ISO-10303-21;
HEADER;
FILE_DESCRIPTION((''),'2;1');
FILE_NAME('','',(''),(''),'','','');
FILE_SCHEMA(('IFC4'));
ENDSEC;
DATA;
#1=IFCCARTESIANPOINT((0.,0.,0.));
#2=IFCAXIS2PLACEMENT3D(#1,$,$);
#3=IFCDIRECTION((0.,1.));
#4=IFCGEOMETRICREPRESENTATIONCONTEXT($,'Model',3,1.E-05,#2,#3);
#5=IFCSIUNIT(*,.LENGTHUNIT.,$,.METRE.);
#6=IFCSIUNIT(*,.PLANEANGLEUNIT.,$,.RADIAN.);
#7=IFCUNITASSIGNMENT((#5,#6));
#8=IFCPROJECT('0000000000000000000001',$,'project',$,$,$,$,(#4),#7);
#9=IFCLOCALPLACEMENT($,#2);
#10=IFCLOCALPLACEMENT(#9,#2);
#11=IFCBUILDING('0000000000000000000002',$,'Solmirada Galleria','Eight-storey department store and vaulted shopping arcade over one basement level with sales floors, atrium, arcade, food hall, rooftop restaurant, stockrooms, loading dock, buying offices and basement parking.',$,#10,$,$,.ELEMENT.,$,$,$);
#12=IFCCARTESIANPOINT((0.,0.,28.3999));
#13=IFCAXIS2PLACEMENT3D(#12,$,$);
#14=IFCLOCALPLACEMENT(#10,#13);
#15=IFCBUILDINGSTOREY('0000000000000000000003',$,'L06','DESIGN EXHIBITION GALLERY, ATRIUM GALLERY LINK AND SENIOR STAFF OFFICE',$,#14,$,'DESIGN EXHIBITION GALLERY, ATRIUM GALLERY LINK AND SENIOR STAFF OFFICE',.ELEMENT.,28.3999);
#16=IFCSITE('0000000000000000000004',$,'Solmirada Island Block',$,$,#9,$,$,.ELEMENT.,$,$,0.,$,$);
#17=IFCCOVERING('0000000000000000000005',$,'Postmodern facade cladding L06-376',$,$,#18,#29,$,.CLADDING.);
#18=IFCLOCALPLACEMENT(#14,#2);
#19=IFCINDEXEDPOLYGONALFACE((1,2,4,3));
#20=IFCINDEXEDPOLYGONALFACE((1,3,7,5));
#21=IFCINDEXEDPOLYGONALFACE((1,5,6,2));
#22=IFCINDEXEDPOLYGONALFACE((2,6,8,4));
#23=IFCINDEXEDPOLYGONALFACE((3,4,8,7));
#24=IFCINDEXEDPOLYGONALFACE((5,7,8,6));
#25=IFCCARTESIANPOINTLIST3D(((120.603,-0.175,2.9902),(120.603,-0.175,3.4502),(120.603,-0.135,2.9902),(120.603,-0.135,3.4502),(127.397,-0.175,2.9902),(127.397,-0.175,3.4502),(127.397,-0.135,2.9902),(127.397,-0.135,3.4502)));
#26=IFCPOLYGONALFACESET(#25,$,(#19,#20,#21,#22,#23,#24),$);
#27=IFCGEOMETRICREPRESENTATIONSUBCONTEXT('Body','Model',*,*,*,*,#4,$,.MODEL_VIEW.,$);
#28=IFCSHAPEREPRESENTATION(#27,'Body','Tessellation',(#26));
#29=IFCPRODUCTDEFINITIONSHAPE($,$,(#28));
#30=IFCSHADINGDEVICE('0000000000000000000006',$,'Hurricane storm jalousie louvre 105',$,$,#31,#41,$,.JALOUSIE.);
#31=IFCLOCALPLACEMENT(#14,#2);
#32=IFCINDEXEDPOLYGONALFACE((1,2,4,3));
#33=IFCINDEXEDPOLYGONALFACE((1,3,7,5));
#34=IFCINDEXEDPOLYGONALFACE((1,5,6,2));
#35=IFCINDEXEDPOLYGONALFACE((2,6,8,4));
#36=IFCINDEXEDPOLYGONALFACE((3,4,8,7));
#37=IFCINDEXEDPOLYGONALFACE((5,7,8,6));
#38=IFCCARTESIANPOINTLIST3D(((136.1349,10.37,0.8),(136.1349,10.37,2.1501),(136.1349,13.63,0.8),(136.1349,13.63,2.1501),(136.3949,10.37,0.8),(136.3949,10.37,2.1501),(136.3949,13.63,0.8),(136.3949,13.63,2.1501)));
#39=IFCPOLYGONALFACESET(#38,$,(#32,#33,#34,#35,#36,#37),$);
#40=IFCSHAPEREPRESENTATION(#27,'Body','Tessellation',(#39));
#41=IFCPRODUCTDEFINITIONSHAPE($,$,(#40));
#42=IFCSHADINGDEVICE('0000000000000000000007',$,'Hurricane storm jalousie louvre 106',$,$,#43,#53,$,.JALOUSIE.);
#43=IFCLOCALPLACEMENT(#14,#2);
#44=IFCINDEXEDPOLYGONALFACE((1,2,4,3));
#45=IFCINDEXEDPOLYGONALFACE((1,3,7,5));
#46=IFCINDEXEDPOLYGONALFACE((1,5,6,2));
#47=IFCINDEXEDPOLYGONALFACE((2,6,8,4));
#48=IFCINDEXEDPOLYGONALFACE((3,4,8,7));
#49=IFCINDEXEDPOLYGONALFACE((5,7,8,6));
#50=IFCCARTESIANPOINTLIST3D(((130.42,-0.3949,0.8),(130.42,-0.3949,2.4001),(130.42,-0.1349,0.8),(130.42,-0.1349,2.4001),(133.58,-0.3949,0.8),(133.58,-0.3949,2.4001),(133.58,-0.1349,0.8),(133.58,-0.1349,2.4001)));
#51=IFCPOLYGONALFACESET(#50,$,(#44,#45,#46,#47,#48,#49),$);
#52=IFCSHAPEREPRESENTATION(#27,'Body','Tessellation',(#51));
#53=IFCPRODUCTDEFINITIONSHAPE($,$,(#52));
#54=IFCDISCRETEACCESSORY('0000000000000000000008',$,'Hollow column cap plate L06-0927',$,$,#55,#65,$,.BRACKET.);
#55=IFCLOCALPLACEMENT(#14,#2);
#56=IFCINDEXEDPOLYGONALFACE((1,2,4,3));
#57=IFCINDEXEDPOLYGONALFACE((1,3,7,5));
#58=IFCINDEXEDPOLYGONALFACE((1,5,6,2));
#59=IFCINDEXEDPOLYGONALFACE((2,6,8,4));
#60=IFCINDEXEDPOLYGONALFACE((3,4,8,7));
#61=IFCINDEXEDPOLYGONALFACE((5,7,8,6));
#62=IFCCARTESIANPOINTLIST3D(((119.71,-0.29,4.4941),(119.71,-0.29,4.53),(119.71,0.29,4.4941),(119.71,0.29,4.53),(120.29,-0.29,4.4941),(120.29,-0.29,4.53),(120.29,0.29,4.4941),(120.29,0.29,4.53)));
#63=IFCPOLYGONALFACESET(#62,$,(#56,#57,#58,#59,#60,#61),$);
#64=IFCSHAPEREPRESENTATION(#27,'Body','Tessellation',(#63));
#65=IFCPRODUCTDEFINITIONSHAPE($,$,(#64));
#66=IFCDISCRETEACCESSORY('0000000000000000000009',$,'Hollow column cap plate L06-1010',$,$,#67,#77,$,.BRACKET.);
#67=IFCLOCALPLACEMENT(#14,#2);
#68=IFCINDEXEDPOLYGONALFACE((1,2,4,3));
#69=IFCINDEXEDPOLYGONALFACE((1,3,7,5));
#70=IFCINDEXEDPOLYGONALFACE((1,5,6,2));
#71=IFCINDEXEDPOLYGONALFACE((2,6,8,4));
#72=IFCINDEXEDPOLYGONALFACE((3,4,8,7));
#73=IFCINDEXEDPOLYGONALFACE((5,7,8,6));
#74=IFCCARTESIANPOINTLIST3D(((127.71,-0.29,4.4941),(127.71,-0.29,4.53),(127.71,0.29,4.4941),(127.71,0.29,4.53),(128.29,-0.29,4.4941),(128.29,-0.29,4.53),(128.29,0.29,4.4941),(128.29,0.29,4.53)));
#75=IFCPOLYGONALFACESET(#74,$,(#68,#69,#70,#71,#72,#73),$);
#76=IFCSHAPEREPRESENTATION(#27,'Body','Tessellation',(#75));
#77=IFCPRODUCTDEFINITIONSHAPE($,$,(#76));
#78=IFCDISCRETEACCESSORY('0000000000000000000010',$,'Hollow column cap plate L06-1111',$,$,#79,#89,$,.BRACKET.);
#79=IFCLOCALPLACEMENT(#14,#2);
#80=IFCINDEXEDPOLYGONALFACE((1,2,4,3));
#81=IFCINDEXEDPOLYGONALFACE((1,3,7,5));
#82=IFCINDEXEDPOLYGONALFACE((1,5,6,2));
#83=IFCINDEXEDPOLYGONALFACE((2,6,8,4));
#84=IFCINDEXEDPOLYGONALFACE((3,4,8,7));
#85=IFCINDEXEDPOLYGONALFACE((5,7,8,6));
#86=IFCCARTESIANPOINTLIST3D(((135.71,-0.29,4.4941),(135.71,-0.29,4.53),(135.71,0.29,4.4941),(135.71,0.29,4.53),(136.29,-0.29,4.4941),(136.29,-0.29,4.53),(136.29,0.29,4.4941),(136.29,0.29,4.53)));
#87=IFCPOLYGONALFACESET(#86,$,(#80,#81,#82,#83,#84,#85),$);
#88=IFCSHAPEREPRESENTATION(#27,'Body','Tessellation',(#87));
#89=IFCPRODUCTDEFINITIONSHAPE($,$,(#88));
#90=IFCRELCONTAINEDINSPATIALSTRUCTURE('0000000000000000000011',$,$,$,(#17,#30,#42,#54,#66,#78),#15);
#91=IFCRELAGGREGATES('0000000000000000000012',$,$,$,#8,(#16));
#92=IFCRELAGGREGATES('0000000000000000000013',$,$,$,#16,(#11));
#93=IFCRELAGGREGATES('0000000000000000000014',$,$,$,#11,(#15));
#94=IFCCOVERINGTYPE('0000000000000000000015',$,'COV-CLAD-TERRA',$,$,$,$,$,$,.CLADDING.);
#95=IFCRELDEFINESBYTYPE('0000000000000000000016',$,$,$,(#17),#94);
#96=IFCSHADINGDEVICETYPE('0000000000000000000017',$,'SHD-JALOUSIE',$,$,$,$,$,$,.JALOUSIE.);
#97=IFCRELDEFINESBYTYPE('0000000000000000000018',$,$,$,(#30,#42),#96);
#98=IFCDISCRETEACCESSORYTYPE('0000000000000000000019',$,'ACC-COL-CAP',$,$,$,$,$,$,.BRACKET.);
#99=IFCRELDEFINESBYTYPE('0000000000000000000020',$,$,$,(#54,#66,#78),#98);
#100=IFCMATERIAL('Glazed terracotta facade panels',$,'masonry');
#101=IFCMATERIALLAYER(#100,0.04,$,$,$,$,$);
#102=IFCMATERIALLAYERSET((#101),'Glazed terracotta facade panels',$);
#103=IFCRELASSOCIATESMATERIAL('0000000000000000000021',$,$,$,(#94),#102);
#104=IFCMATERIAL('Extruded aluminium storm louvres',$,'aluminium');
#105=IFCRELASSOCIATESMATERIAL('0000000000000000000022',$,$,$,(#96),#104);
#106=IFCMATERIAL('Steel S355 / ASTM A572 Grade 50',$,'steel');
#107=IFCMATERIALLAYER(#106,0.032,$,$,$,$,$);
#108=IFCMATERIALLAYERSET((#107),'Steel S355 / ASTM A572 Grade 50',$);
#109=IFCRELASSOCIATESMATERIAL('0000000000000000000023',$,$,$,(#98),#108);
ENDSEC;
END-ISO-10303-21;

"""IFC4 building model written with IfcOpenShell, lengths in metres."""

from ifc_helpers import new_model, si_unit, direction, frame, origin, origin_2d, place, context, subcontext, project, spatial, rectangle, extrude, material, layer, layer_set, type_object, element, save


model = new_model("IFC4")

# Units and contexts
model_context = context("Model", 3, precision=1e-05, world=origin(), true_north=direction((0.0, 1.0)))
body_context = subcontext(model_context, "Body", "Model", "MODEL_VIEW")
ifc_project = project(units=[si_unit("LENGTHUNIT", "METRE"), si_unit("PLANEANGLEUNIT", "RADIAN")], contexts=[model_context])

# Site, building, storey
site_placement = place(None, origin())
site = spatial("IfcSite", under=ifc_project, at=site_placement, Name="Solmirada Island Block", CompositionType="ELEMENT", RefElevation=0.0)
building_placement = place(site_placement, origin())
building = spatial("IfcBuilding", under=site, at=building_placement, Name="Solmirada Galleria", Description="Eight-storey department store and vaulted shopping arcade over one basement level with sales floors, atrium, arcade, food hall, rooftop restaurant, stockrooms, loading dock, buying offices and basement parking.", CompositionType="ELEMENT")
storey_placement = place(building_placement, frame((0.0, 0.0, 28.3999)))
storey = spatial("IfcBuildingStorey", under=building, at=storey_placement, Name="L06", Description="DESIGN EXHIBITION GALLERY, ATRIUM GALLERY LINK AND SENIOR STAFF OFFICE", LongName="DESIGN EXHIBITION GALLERY, ATRIUM GALLERY LINK AND SENIOR STAFF OFFICE", CompositionType="ELEMENT", Elevation=28.3999)

# Covering
ifc_material_1 = material(Name="Glazed terracotta facade panels", Category="masonry")
ifc_layer_1 = layer(ifc_material_1, 0.04)
ifc_layer_set_1 = layer_set([ifc_layer_1], Name="Glazed terracotta facade panels")
covering_type_1 = type_object("IfcCoveringType", Name="COV-CLAD-TERRA", PredefinedType="CLADDING", material=ifc_layer_set_1)
covering_1_placement = place(storey_placement, frame((124.0, -0.155, 2.9902), z_axis=(0.0, 0.0, 1.0), x_axis=(-1.0, 0.0, 0.0)))
element("IfcCovering", 1, at=covering_1_placement, inside=storey, type_object=covering_type_1, Name="Postmodern facade cladding L06-376", PredefinedType="CLADDING", context=body_context, shape_type="SweptSolid", body=[
    extrude(rectangle(XDim=6.7939, YDim=0.04, at=origin_2d()), origin(), (0.0, 0.0, 1.0), 0.46),
])

# Shading devices
ifc_material_2 = material(Name="Extruded aluminium storm louvres", Category="aluminium")
shading_device_type = type_object("IfcShadingDeviceType", Name="SHD-JALOUSIE", PredefinedType="JALOUSIE", material=ifc_material_2)
shading_device_1_placement = place(storey_placement, frame((136.2649, 12.0, 0.8), z_axis=(0.0, 0.0, 1.0), x_axis=(0.0, -1.0, 0.0)))
element("IfcShadingDevice", 2, at=shading_device_1_placement, inside=storey, type_object=shading_device_type, Name="Hurricane storm jalousie louvre 105", PredefinedType="JALOUSIE", context=body_context, shape_type="SweptSolid", body=[
    extrude(rectangle(XDim=3.26, YDim=0.26, at=origin_2d()), origin(), (0.0, 0.0, 1.0), 1.3501),
])
shading_device_2_placement = place(storey_placement, frame((132.0, -0.2649, 0.8), z_axis=(0.0, 0.0, 1.0), x_axis=(-1.0, 0.0, 0.0)))
element("IfcShadingDevice", 3, at=shading_device_2_placement, inside=storey, type_object=shading_device_type, Name="Hurricane storm jalousie louvre 106", PredefinedType="JALOUSIE", context=body_context, shape_type="SweptSolid", body=[
    extrude(rectangle(XDim=3.1599, YDim=0.26, at=origin_2d()), origin(), (0.0, 0.0, 1.0), 1.6001),
])

# Discrete accessories
ifc_material_3 = material(Name="Steel S355 / ASTM A572 Grade 50", Category="steel")
ifc_layer_2 = layer(ifc_material_3, 0.032)
ifc_layer_set_2 = layer_set([ifc_layer_2], Name="Steel S355 / ASTM A572 Grade 50")
discrete_accessory_type = type_object("IfcDiscreteAccessoryType", Name="ACC-COL-CAP", PredefinedType="BRACKET", material=ifc_layer_set_2)
for number, where, z_axis, x_axis, name in (
    (4, (120.0, 0.0, 4.4941), (0.0, 0.0, 1.0), (1.0, 0.0, 0.0), "Hollow column cap plate L06-0927"),
    (5, (128.0, 0.0, 4.4941), (0.0, 0.0, 1.0), (1.0, 0.0, 0.0), "Hollow column cap plate L06-1010"),
    (6, (136.0, 0.0, 4.4941), (0.0, 0.0, 1.0), (1.0, 0.0, 0.0), "Hollow column cap plate L06-1111"),
):
    element("IfcDiscreteAccessory", number, at=place(storey_placement, frame(where, z_axis=z_axis, x_axis=x_axis)), inside=storey, type_object=discrete_accessory_type, Name=name, PredefinedType="BRACKET", context=body_context, shape_type="SweptSolid", body=[
        extrude(rectangle(XDim=0.5801, YDim=0.5801, at=origin_2d()), origin(), (0.0, 0.0, 1.0), 0.0359),
    ])

save(model, "model.ifc")
